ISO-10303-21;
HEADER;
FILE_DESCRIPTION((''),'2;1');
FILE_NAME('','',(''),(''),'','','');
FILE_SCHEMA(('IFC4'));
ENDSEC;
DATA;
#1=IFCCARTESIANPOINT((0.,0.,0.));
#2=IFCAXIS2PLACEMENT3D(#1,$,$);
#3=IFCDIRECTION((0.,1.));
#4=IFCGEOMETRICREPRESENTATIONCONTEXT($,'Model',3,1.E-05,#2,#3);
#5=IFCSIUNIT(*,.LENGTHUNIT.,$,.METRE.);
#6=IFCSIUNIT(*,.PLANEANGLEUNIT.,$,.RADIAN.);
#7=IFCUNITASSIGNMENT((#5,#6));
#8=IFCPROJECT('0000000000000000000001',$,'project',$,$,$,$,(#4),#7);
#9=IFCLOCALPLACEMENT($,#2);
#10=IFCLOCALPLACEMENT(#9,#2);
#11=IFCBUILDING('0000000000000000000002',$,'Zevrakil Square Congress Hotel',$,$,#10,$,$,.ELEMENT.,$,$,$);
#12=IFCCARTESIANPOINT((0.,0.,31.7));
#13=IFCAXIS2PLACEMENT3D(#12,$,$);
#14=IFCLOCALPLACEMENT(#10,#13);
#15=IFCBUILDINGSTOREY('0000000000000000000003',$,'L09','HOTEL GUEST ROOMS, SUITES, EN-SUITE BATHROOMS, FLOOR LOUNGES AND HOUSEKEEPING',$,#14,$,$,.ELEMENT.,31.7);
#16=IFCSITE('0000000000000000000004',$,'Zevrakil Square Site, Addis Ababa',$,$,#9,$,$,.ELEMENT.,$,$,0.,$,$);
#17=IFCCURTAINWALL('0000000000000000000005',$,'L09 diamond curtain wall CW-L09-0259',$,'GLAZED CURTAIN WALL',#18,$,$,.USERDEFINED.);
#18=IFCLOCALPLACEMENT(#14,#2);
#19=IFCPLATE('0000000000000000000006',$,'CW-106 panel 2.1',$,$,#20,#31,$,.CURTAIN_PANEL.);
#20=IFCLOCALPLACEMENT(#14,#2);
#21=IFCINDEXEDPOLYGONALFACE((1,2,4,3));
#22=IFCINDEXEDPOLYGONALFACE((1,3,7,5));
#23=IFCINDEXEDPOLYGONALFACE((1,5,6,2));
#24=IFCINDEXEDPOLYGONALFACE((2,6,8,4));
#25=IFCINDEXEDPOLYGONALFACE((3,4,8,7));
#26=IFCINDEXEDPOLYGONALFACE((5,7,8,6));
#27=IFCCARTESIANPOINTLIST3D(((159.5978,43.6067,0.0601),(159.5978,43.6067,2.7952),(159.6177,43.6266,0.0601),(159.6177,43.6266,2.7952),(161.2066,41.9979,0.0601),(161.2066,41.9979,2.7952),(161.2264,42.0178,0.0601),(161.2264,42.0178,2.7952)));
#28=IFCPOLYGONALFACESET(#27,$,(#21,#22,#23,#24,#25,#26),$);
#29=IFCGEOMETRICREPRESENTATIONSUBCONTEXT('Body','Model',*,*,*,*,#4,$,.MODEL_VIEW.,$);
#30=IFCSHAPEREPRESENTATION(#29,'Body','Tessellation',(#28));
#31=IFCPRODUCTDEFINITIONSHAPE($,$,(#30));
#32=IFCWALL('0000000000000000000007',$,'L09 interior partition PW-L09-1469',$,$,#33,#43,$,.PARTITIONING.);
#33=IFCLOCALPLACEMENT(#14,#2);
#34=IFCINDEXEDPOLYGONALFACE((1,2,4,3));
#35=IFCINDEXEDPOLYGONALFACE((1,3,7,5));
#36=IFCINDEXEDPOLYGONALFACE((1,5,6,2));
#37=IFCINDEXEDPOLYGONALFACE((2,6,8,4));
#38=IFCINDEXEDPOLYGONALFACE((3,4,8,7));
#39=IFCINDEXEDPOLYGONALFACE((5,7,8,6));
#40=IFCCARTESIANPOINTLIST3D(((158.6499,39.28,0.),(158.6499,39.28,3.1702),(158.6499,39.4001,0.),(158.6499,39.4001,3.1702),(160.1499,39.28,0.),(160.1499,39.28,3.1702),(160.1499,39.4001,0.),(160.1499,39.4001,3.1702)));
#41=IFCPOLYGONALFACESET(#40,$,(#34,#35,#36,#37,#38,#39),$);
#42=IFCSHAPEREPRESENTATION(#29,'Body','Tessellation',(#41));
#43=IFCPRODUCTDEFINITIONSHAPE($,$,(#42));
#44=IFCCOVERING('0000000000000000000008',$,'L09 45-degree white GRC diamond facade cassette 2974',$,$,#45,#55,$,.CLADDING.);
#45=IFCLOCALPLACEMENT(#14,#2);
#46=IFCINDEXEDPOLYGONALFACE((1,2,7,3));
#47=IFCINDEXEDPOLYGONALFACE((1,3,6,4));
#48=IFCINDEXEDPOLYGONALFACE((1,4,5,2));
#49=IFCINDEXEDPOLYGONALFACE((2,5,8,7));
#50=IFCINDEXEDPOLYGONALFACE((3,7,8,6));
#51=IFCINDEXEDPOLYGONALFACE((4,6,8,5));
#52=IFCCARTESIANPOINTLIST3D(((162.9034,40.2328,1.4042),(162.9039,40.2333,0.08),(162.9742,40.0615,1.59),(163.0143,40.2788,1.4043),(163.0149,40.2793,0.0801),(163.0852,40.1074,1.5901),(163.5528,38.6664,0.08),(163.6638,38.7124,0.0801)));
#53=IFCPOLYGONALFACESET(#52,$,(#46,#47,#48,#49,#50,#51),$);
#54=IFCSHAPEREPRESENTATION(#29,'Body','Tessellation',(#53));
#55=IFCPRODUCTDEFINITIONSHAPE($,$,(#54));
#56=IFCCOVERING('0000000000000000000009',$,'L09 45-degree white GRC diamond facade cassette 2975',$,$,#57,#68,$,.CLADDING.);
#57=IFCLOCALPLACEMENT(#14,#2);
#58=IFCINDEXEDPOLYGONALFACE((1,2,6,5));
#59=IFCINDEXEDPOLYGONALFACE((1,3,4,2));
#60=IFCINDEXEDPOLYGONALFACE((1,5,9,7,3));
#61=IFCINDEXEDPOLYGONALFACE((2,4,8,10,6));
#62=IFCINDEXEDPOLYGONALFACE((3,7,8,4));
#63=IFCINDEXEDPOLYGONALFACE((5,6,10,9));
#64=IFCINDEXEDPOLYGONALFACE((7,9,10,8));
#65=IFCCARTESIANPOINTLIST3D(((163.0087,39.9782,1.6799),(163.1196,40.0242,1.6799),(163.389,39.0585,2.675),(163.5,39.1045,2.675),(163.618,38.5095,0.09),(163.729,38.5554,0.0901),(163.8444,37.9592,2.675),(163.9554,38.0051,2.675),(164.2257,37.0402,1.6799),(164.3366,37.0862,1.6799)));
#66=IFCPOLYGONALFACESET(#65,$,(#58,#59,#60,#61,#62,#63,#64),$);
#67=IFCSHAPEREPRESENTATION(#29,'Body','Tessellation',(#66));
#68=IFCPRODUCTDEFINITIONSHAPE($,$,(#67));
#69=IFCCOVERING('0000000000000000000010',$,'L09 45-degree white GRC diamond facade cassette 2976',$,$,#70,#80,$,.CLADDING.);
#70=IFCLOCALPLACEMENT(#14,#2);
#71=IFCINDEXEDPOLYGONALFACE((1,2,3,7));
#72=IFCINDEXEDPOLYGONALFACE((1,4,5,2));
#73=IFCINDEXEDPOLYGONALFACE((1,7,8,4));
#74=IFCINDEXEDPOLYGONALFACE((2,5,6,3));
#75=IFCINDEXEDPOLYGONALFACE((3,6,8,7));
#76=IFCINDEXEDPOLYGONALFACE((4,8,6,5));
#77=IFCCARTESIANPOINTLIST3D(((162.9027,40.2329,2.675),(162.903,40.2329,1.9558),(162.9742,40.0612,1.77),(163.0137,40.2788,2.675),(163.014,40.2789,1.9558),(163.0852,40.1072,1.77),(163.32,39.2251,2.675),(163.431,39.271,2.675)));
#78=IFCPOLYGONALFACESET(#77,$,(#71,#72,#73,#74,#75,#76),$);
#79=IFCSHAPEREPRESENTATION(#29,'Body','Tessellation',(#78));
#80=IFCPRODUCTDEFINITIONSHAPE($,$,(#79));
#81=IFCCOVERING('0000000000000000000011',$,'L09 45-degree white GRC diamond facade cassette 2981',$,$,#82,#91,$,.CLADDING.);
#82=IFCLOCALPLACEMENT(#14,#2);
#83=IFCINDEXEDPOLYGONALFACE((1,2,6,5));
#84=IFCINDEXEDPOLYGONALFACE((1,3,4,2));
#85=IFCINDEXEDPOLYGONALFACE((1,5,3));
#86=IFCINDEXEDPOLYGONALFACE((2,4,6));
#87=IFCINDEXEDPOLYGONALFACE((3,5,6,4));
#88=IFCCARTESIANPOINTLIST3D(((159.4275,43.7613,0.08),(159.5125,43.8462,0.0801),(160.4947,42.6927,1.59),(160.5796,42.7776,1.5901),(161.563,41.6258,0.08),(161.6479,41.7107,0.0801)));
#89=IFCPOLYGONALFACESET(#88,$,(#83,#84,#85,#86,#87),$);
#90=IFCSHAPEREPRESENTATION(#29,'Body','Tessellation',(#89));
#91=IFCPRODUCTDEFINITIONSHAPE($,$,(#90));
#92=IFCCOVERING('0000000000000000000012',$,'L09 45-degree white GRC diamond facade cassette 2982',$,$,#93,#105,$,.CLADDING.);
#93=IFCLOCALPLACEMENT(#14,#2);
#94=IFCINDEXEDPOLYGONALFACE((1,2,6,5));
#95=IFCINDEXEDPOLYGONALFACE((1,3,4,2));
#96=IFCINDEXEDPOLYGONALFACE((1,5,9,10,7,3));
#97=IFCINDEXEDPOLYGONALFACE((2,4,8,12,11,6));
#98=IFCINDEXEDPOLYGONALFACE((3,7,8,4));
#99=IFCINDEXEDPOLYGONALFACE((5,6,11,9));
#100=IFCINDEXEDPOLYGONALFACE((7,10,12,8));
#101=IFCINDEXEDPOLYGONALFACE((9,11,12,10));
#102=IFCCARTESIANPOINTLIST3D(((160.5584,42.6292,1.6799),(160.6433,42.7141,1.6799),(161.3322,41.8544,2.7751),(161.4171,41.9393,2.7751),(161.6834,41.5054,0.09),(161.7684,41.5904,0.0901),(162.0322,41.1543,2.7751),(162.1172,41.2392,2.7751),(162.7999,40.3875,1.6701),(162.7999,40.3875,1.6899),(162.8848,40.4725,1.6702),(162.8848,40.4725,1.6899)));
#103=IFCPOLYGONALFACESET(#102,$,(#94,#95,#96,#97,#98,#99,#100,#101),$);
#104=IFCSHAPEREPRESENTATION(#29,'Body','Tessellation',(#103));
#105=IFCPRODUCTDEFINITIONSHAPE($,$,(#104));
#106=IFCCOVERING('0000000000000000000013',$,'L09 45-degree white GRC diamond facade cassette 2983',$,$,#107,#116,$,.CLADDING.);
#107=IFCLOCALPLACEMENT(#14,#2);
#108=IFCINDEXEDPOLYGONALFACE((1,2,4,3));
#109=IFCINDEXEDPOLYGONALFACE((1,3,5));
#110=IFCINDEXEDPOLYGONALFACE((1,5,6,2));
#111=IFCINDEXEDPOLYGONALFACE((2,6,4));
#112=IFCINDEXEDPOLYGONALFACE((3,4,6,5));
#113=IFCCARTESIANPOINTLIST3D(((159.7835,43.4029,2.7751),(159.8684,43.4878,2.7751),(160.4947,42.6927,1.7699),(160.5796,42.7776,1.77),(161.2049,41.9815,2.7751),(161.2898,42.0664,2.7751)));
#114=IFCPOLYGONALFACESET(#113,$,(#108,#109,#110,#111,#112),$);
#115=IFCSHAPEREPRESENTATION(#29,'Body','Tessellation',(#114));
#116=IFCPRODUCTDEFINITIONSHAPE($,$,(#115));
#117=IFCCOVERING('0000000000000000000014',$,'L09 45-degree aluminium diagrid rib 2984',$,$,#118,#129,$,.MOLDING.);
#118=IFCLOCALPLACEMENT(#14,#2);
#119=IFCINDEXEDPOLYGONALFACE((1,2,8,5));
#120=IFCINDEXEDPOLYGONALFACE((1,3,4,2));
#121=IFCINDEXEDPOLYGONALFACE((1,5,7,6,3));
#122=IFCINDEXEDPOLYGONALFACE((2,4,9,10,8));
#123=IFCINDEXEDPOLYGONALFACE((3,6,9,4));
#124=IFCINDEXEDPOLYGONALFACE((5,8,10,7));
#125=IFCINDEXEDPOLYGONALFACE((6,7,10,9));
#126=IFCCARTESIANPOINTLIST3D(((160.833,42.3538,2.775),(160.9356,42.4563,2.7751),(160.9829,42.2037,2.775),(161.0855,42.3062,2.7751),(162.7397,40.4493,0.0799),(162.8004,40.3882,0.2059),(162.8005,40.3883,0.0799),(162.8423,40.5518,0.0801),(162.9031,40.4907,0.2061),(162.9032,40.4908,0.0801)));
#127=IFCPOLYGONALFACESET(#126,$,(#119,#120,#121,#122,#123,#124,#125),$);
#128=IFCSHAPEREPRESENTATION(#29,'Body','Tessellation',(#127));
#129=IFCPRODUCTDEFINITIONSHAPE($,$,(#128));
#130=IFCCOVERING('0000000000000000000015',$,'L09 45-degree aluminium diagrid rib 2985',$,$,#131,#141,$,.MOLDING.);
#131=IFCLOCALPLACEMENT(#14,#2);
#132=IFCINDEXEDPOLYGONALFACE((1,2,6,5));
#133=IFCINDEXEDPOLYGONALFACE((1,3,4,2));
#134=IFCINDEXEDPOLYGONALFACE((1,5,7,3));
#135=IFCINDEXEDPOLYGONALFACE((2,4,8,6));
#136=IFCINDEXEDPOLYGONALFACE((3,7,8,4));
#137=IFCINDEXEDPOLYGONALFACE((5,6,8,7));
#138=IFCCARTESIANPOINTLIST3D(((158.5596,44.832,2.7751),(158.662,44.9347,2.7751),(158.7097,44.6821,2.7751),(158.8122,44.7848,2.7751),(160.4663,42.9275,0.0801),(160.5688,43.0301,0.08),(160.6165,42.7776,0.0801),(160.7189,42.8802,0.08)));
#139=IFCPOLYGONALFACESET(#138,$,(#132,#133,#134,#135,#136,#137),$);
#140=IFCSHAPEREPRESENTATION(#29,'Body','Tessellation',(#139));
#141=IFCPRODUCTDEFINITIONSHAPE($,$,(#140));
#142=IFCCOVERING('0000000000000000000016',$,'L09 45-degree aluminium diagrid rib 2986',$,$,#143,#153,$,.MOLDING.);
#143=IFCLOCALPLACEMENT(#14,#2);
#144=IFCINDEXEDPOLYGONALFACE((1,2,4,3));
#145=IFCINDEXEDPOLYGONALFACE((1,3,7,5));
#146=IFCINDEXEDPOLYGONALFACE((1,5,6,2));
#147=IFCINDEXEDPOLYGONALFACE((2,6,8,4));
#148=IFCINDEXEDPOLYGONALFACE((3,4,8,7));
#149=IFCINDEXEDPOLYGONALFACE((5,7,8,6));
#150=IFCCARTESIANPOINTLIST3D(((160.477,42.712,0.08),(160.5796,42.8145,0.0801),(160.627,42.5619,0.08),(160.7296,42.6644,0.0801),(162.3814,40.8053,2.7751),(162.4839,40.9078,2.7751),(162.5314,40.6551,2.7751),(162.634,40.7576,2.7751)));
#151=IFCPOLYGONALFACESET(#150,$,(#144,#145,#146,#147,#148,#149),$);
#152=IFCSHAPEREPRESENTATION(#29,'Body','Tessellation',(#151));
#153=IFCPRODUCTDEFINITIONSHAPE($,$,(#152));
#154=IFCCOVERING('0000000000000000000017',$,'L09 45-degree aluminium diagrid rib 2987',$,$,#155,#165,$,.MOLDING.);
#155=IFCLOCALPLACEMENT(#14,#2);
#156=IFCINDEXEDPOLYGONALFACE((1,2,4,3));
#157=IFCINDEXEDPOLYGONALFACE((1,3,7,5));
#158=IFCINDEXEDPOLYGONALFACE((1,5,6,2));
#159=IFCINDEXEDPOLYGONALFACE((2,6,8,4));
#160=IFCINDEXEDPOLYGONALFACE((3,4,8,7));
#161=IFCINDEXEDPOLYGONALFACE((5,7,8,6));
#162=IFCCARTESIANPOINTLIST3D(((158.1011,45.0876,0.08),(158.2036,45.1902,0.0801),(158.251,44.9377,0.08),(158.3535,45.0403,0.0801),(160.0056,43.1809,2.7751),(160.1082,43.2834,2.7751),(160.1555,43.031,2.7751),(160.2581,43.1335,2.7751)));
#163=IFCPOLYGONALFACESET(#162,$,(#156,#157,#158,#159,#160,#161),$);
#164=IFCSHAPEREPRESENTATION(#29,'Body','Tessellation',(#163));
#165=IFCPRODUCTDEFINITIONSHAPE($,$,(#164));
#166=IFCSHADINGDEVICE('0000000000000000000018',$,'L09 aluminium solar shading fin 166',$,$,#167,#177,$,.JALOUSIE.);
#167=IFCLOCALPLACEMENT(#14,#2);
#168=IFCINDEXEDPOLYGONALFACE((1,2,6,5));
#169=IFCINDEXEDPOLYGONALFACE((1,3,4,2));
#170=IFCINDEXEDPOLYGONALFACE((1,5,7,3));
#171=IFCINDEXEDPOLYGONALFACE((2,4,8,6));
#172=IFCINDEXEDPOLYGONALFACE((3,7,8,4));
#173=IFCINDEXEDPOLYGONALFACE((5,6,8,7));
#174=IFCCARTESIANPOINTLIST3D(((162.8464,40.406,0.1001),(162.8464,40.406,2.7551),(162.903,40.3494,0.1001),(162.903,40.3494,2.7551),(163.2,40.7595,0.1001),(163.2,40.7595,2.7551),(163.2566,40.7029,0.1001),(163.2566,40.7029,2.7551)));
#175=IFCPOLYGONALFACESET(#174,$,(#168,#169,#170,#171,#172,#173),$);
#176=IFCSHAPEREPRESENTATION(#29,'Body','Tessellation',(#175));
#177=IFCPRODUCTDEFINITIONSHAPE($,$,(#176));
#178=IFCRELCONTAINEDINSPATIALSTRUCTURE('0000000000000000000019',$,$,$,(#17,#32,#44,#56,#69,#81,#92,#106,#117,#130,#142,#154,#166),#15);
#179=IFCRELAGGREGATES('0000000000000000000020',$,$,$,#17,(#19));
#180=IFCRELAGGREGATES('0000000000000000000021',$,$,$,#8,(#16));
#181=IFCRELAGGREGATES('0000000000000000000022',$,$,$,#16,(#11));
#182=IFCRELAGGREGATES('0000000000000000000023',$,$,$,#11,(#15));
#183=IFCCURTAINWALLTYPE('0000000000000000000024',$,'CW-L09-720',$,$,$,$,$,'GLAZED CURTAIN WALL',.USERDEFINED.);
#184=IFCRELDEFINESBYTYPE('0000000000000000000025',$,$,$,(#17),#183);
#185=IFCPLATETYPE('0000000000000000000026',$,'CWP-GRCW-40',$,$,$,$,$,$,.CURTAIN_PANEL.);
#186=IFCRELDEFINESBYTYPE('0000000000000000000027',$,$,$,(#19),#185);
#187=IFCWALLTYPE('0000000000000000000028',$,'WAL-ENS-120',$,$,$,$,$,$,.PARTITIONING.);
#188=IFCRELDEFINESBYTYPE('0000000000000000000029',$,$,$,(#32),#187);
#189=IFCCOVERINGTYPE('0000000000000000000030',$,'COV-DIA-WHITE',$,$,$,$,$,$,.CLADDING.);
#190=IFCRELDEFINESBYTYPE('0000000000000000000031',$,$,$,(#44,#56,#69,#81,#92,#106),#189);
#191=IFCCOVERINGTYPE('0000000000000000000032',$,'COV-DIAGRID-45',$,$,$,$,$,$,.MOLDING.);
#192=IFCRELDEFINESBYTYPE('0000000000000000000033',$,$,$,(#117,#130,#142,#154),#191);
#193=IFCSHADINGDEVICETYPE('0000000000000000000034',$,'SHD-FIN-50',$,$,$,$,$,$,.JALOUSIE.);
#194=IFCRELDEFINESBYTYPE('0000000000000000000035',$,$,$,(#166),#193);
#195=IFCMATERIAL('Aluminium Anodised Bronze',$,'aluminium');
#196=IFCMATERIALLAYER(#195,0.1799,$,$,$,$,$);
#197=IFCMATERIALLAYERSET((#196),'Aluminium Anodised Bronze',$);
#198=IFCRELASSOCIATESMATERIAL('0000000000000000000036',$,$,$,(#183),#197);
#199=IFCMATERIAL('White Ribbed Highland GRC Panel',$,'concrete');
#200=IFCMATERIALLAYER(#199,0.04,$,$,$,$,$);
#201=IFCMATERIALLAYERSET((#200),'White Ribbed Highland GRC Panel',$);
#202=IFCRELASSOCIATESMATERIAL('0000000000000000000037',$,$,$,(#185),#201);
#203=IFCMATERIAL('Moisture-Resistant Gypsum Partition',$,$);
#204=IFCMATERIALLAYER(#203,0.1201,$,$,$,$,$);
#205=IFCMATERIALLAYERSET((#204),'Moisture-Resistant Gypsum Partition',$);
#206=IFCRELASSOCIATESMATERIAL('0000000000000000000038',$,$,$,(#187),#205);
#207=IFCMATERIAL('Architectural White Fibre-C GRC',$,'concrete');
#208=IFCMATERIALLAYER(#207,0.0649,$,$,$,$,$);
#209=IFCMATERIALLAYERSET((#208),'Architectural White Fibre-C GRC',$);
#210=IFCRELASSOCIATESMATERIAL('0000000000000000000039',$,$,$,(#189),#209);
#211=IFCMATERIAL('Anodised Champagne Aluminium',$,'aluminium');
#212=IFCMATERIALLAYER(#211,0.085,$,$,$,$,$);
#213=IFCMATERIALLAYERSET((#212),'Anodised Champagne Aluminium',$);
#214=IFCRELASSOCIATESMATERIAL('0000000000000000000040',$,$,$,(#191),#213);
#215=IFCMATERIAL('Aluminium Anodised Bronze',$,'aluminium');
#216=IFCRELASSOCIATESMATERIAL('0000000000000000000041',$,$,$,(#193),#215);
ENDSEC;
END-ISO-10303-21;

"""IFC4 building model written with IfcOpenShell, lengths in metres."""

from ifc_helpers import new_model, si_unit, direction, frame, frame_2d, origin, origin_2d, place, context, subcontext, project, spatial, polyline, rectangle, outline, extrude, material, layer, layer_set, type_object, element, aggregate, save


model = new_model("IFC4")

# Units and contexts
model_context = context("Model", 3, precision=1e-05, world=origin(), true_north=direction((0.0, 1.0)))
body_context = subcontext(model_context, "Body", "Model", "MODEL_VIEW")
ifc_project = project(units=[si_unit("LENGTHUNIT", "METRE"), si_unit("PLANEANGLEUNIT", "RADIAN")], contexts=[model_context])

# Site, building, storey
site_placement = place(None, origin())
site = spatial("IfcSite", under=ifc_project, at=site_placement, Name="Zevrakil Square Site, Addis Ababa", CompositionType="ELEMENT", RefElevation=0.0)
building_placement = place(site_placement, origin())
building = spatial("IfcBuilding", under=site, at=building_placement, Name="Zevrakil Square Congress Hotel", CompositionType="ELEMENT")
storey_placement = place(building_placement, frame((0.0, 0.0, 31.7)))
storey = spatial("IfcBuildingStorey", under=building, at=storey_placement, Name="L09", Description="HOTEL GUEST ROOMS, SUITES, EN-SUITE BATHROOMS, FLOOR LOUNGES AND HOUSEKEEPING", CompositionType="ELEMENT", Elevation=31.7)

# Curtain wall
ifc_material_1 = material(Name="Aluminium Anodised Bronze", Category="aluminium")
ifc_layer_1 = layer(ifc_material_1, 0.1799)
ifc_layer_set_1 = layer_set([ifc_layer_1], Name="Aluminium Anodised Bronze")
curtain_wall_type = type_object("IfcCurtainWallType", Name="CW-L09-720", ElementType="GLAZED CURTAIN WALL", PredefinedType="USERDEFINED", material=ifc_layer_set_1)
curtain_wall_1_placement = place(storey_placement, origin())
curtain_wall_1 = element("IfcCurtainWall", 1, at=curtain_wall_1_placement, inside=storey, type_object=curtain_wall_type, Name="L09 diamond curtain wall CW-L09-0259", ObjectType="GLAZED CURTAIN WALL", PredefinedType="USERDEFINED")

# Plate
ifc_material_2 = material(Name="White Ribbed Highland GRC Panel", Category="concrete")
ifc_layer_2 = layer(ifc_material_2, 0.04)
ifc_layer_set_2 = layer_set([ifc_layer_2], Name="White Ribbed Highland GRC Panel")
plate_type_1 = type_object("IfcPlateType", Name="CWP-GRCW-40", PredefinedType="CURTAIN_PANEL", material=ifc_layer_set_2)
plate_1_placement = place(storey_placement, frame((160.4121, 42.8123, 0.0601), z_axis=(0.0, 0.0, 1.0), x_axis=(-0.707107, 0.707107, 0.0)))
plate_1 = element("IfcPlate", 2, at=plate_1_placement, type_object=plate_type_1, Name="CW-106 panel 2.1", PredefinedType="CURTAIN_PANEL", context=body_context, shape_type="SweptSolid", body=[
    extrude(rectangle(XDim=2.2751, YDim=0.0281, at=origin_2d()), origin(), (0.0, 0.0, 1.0), 2.7351),
])
aggregate(curtain_wall_1, [plate_1])

# Wall
ifc_material_3 = material(Name="Moisture-Resistant Gypsum Partition")
ifc_layer_3 = layer(ifc_material_3, 0.1201)
ifc_layer_set_3 = layer_set([ifc_layer_3], Name="Moisture-Resistant Gypsum Partition")
wall_type = type_object("IfcWallType", Name="WAL-ENS-120", PredefinedType="PARTITIONING", material=ifc_layer_set_3)
wall_placement = place(storey_placement, frame((158.6499, 39.3401, 0.0), z_axis=(0.0, 0.0, 1.0), x_axis=(1.0, 0.0, 0.0)))
element("IfcWall", 3, at=wall_placement, inside=storey, type_object=wall_type, Name="L09 interior partition PW-L09-1469", PredefinedType="PARTITIONING", context=body_context, shape_type="SweptSolid", body=[
    extrude(rectangle(XDim=1.5, YDim=0.1201, at=frame_2d((0.75, 0.0))), origin(), (0.0, 0.0, 1.0), 3.1702),
])

# Coverings
ifc_material_4 = material(Name="Architectural White Fibre-C GRC", Category="concrete")
ifc_layer_4 = layer(ifc_material_4, 0.0649)
ifc_layer_set_4 = layer_set([ifc_layer_4], Name="Architectural White Fibre-C GRC")
covering_type_1 = type_object("IfcCoveringType", Name="COV-DIA-WHITE", PredefinedType="CLADDING", material=ifc_layer_set_4)
covering_1_placement = place(storey_placement, frame((163.0852, 40.1074, 1.5901), z_axis=(0.923915, 0.382599, 0.000527), x_axis=(-0.269934, 0.652822, -0.707785)))
element("IfcCovering", 4, at=covering_1_placement, inside=storey, type_object=covering_type_1, Name="L09 45-degree white GRC diamond facade cassette 2974", PredefinedType="CLADDING", context=body_context, shape_type="SweptSolid", body=[
    extrude(outline(polyline([(0.0, 0.0), (0.2625, 0.0), (1.1999, -0.9353), (0.0019, -2.1356), (0.0, 0.0)])), origin(), (0.0, 0.0, -1.0), 0.1201),
])
covering_2_placement = place(storey_placement, frame((163.1196, 40.0242, 1.6799), z_axis=(0.923873, 0.382699, 0.000573), x_axis=(0.271009, -0.653184, -0.70704)))
element("IfcCovering", 5, at=covering_2_placement, inside=storey, type_object=covering_type_1, Name="L09 45-degree white GRC diamond facade cassette 2975", PredefinedType="CLADDING", context=body_context, shape_type="SweptSolid", body=[
    extrude(outline(polyline([(0.0, 0.0), (2.2486, 0.0), (2.2489, -2.2484), (0.8417, -2.2487), (0.0002, -1.4074), (0.0, 0.0)])), origin(), (0.0, 0.0, -1.0), 0.1201),
])
covering_3_placement = place(storey_placement, frame((163.0852, 40.1072, 1.77), z_axis=(0.92391, 0.38261, 0.000467), x_axis=(0.270211, -0.653356, 0.707186)))
element("IfcCovering", 6, at=covering_3_placement, inside=storey, type_object=covering_type_1, Name="L09 45-degree white GRC diamond facade cassette 2976", PredefinedType="CLADDING", context=body_context, shape_type="SweptSolid", body=[
    extrude(outline(polyline([(0.0, 0.0), (1.2798, 0.0), (0.5086, -0.7714), (0.0, -0.2628), (0.0, 0.0)])), origin(), (0.0, 0.0, -1.0), 0.1201),
])
covering_4_placement = place(storey_placement, frame((160.5796, 42.7776, 1.5901), z_axis=(0.707107, 0.707107, 0.000686), x_axis=(-0.499688, 0.500374, -0.707063)))
element("IfcCovering", 7, at=covering_4_placement, inside=storey, type_object=covering_type_1, Name="L09 45-degree white GRC diamond facade cassette 2981", PredefinedType="CLADDING", context=body_context, shape_type="SweptSolid", body=[
    extrude(outline(polyline([(0.0, 0.0), (2.1356, 0.0), (0.0, -2.1354), (0.0, 0.0)])), origin(), (0.0, 0.0, -1.0), 0.1201),
])
covering_5_placement = place(storey_placement, frame((160.6433, 42.7141, 1.6799), z_axis=(0.707127, 0.707086, 0.000611), x_axis=(0.500336, -0.499753, -0.707044)))
element("IfcCovering", 8, at=covering_5_placement, inside=storey, type_object=covering_type_1, Name="L09 45-degree white GRC diamond facade cassette 2982", PredefinedType="CLADDING", context=body_context, shape_type="SweptSolid", body=[
    extrude(outline(polyline([(0.0, 0.0), (2.2486, 0.0), (2.2487, -2.2345), (2.2347, -2.2485), (0.7001, -2.2487), (0.0, -1.5487), (0.0, 0.0)])), origin(), (0.0, 0.0, -1.0), 0.1201),
])
covering_6_placement = place(storey_placement, frame((160.5796, 42.7776, 1.77), z_axis=(0.707107, 0.707107, 0.000687), x_axis=(0.499643, -0.50033, 0.707126)))
element("IfcCovering", 9, at=covering_6_placement, inside=storey, type_object=covering_type_1, Name="L09 45-degree white GRC diamond facade cassette 2983", PredefinedType="CLADDING", context=body_context, shape_type="SweptSolid", body=[
    extrude(outline(polyline([(0.0, 0.0), (1.4214, 0.0), (0.0001, -1.4214), (0.0, 0.0)])), origin(), (0.0, 0.0, -1.0), 0.1201),
])
ifc_material_5 = material(Name="Anodised Champagne Aluminium", Category="aluminium")
ifc_layer_5 = layer(ifc_material_5, 0.085)
ifc_layer_set_5 = layer_set([ifc_layer_5], Name="Anodised Champagne Aluminium")
covering_type_2 = type_object("IfcCoveringType", Name="COV-DIAGRID-45", PredefinedType="MOLDING", material=ifc_layer_set_5)
covering_7_placement = place(storey_placement, frame((162.8423, 40.5518, 0.0801), z_axis=(0.707567, 0.706645, 0.001217), x_axis=(0.706646, -0.707567, 0.000002)))
element("IfcCovering", 10, at=covering_7_placement, inside=storey, type_object=covering_type_2, Name="L09 45-degree aluminium diagrid rib 2984", PredefinedType="MOLDING", context=body_context, shape_type="SweptSolid", body=[
    extrude(outline(polyline([(0.0, 0.0), (0.0861, 0.0), (0.0861, -0.126), (-2.4828, -2.6951), (-2.695, -2.6951), (0.0, 0.0)])), origin(), (0.0, 0.0, -1.0), 0.145),
])
covering_8_placement = place(storey_placement, frame((160.4663, 42.9275, 0.0801), z_axis=(-0.706531, -0.707682, 0.000237), x_axis=(0.707682, -0.706531, 0.0)))
element("IfcCovering", 11, at=covering_8_placement, inside=storey, type_object=covering_type_2, Name="L09 45-degree aluminium diagrid rib 2985", PredefinedType="MOLDING", context=body_context, shape_type="SweptSolid", body=[
    extrude(outline(polyline([(0.0, 0.0), (0.2122, 0.0), (-2.4828, 2.6951), (-2.695, 2.6951), (0.0, 0.0)])), origin(), (0.0, 0.0, -1.0), 0.145),
])
covering_9_placement = place(storey_placement, frame((162.634, 40.7576, 2.7751), z_axis=(0.707394, 0.706819, 0.000202), x_axis=(-0.706819, 0.707394, 0.0)))
element("IfcCovering", 12, at=covering_9_placement, inside=storey, type_object=covering_type_2, Name="L09 45-degree aluminium diagrid rib 2986", PredefinedType="MOLDING", context=body_context, shape_type="SweptSolid", body=[
    extrude(outline(polyline([(0.0, 0.0), (0.2123, 0.0), (2.9071, -2.6951), (2.695, -2.6951), (0.0, 0.0)])), origin(), (0.0, 0.0, -1.0), 0.145),
])
covering_10_placement = place(storey_placement, frame((160.2581, 43.1335, 2.7751), z_axis=(0.707107, 0.707107, 0.000576), x_axis=(-0.707107, 0.707107, 0.0)))
element("IfcCovering", 13, at=covering_10_placement, inside=storey, type_object=covering_type_2, Name="L09 45-degree aluminium diagrid rib 2987", PredefinedType="MOLDING", context=body_context, shape_type="SweptSolid", body=[
    extrude(outline(polyline([(0.0, 0.0), (0.212, 0.0), (2.907, -2.6951), (2.695, -2.6951), (0.0, 0.0)])), origin(), (0.0, 0.0, -1.0), 0.145),
])

# Shading device
ifc_material_6 = material(Name="Aluminium Anodised Bronze", Category="aluminium")
shading_device_type = type_object("IfcShadingDeviceType", Name="SHD-FIN-50", PredefinedType="JALOUSIE", material=ifc_material_6)
shading_device_placement = place(storey_placement, frame((163.0515, 40.5544, 0.1001), z_axis=(0.0, 0.0, 1.0), x_axis=(0.707107, 0.707107, 0.0)))
element("IfcShadingDevice", 14, at=shading_device_placement, inside=storey, type_object=shading_device_type, Name="L09 aluminium solar shading fin 166", PredefinedType="JALOUSIE", context=body_context, shape_type="SweptSolid", body=[
    extrude(rectangle(XDim=0.5, YDim=0.0801, at=origin_2d()), origin(), (0.0, 0.0, 1.0), 2.655),
])

save(model, "model.ifc")
